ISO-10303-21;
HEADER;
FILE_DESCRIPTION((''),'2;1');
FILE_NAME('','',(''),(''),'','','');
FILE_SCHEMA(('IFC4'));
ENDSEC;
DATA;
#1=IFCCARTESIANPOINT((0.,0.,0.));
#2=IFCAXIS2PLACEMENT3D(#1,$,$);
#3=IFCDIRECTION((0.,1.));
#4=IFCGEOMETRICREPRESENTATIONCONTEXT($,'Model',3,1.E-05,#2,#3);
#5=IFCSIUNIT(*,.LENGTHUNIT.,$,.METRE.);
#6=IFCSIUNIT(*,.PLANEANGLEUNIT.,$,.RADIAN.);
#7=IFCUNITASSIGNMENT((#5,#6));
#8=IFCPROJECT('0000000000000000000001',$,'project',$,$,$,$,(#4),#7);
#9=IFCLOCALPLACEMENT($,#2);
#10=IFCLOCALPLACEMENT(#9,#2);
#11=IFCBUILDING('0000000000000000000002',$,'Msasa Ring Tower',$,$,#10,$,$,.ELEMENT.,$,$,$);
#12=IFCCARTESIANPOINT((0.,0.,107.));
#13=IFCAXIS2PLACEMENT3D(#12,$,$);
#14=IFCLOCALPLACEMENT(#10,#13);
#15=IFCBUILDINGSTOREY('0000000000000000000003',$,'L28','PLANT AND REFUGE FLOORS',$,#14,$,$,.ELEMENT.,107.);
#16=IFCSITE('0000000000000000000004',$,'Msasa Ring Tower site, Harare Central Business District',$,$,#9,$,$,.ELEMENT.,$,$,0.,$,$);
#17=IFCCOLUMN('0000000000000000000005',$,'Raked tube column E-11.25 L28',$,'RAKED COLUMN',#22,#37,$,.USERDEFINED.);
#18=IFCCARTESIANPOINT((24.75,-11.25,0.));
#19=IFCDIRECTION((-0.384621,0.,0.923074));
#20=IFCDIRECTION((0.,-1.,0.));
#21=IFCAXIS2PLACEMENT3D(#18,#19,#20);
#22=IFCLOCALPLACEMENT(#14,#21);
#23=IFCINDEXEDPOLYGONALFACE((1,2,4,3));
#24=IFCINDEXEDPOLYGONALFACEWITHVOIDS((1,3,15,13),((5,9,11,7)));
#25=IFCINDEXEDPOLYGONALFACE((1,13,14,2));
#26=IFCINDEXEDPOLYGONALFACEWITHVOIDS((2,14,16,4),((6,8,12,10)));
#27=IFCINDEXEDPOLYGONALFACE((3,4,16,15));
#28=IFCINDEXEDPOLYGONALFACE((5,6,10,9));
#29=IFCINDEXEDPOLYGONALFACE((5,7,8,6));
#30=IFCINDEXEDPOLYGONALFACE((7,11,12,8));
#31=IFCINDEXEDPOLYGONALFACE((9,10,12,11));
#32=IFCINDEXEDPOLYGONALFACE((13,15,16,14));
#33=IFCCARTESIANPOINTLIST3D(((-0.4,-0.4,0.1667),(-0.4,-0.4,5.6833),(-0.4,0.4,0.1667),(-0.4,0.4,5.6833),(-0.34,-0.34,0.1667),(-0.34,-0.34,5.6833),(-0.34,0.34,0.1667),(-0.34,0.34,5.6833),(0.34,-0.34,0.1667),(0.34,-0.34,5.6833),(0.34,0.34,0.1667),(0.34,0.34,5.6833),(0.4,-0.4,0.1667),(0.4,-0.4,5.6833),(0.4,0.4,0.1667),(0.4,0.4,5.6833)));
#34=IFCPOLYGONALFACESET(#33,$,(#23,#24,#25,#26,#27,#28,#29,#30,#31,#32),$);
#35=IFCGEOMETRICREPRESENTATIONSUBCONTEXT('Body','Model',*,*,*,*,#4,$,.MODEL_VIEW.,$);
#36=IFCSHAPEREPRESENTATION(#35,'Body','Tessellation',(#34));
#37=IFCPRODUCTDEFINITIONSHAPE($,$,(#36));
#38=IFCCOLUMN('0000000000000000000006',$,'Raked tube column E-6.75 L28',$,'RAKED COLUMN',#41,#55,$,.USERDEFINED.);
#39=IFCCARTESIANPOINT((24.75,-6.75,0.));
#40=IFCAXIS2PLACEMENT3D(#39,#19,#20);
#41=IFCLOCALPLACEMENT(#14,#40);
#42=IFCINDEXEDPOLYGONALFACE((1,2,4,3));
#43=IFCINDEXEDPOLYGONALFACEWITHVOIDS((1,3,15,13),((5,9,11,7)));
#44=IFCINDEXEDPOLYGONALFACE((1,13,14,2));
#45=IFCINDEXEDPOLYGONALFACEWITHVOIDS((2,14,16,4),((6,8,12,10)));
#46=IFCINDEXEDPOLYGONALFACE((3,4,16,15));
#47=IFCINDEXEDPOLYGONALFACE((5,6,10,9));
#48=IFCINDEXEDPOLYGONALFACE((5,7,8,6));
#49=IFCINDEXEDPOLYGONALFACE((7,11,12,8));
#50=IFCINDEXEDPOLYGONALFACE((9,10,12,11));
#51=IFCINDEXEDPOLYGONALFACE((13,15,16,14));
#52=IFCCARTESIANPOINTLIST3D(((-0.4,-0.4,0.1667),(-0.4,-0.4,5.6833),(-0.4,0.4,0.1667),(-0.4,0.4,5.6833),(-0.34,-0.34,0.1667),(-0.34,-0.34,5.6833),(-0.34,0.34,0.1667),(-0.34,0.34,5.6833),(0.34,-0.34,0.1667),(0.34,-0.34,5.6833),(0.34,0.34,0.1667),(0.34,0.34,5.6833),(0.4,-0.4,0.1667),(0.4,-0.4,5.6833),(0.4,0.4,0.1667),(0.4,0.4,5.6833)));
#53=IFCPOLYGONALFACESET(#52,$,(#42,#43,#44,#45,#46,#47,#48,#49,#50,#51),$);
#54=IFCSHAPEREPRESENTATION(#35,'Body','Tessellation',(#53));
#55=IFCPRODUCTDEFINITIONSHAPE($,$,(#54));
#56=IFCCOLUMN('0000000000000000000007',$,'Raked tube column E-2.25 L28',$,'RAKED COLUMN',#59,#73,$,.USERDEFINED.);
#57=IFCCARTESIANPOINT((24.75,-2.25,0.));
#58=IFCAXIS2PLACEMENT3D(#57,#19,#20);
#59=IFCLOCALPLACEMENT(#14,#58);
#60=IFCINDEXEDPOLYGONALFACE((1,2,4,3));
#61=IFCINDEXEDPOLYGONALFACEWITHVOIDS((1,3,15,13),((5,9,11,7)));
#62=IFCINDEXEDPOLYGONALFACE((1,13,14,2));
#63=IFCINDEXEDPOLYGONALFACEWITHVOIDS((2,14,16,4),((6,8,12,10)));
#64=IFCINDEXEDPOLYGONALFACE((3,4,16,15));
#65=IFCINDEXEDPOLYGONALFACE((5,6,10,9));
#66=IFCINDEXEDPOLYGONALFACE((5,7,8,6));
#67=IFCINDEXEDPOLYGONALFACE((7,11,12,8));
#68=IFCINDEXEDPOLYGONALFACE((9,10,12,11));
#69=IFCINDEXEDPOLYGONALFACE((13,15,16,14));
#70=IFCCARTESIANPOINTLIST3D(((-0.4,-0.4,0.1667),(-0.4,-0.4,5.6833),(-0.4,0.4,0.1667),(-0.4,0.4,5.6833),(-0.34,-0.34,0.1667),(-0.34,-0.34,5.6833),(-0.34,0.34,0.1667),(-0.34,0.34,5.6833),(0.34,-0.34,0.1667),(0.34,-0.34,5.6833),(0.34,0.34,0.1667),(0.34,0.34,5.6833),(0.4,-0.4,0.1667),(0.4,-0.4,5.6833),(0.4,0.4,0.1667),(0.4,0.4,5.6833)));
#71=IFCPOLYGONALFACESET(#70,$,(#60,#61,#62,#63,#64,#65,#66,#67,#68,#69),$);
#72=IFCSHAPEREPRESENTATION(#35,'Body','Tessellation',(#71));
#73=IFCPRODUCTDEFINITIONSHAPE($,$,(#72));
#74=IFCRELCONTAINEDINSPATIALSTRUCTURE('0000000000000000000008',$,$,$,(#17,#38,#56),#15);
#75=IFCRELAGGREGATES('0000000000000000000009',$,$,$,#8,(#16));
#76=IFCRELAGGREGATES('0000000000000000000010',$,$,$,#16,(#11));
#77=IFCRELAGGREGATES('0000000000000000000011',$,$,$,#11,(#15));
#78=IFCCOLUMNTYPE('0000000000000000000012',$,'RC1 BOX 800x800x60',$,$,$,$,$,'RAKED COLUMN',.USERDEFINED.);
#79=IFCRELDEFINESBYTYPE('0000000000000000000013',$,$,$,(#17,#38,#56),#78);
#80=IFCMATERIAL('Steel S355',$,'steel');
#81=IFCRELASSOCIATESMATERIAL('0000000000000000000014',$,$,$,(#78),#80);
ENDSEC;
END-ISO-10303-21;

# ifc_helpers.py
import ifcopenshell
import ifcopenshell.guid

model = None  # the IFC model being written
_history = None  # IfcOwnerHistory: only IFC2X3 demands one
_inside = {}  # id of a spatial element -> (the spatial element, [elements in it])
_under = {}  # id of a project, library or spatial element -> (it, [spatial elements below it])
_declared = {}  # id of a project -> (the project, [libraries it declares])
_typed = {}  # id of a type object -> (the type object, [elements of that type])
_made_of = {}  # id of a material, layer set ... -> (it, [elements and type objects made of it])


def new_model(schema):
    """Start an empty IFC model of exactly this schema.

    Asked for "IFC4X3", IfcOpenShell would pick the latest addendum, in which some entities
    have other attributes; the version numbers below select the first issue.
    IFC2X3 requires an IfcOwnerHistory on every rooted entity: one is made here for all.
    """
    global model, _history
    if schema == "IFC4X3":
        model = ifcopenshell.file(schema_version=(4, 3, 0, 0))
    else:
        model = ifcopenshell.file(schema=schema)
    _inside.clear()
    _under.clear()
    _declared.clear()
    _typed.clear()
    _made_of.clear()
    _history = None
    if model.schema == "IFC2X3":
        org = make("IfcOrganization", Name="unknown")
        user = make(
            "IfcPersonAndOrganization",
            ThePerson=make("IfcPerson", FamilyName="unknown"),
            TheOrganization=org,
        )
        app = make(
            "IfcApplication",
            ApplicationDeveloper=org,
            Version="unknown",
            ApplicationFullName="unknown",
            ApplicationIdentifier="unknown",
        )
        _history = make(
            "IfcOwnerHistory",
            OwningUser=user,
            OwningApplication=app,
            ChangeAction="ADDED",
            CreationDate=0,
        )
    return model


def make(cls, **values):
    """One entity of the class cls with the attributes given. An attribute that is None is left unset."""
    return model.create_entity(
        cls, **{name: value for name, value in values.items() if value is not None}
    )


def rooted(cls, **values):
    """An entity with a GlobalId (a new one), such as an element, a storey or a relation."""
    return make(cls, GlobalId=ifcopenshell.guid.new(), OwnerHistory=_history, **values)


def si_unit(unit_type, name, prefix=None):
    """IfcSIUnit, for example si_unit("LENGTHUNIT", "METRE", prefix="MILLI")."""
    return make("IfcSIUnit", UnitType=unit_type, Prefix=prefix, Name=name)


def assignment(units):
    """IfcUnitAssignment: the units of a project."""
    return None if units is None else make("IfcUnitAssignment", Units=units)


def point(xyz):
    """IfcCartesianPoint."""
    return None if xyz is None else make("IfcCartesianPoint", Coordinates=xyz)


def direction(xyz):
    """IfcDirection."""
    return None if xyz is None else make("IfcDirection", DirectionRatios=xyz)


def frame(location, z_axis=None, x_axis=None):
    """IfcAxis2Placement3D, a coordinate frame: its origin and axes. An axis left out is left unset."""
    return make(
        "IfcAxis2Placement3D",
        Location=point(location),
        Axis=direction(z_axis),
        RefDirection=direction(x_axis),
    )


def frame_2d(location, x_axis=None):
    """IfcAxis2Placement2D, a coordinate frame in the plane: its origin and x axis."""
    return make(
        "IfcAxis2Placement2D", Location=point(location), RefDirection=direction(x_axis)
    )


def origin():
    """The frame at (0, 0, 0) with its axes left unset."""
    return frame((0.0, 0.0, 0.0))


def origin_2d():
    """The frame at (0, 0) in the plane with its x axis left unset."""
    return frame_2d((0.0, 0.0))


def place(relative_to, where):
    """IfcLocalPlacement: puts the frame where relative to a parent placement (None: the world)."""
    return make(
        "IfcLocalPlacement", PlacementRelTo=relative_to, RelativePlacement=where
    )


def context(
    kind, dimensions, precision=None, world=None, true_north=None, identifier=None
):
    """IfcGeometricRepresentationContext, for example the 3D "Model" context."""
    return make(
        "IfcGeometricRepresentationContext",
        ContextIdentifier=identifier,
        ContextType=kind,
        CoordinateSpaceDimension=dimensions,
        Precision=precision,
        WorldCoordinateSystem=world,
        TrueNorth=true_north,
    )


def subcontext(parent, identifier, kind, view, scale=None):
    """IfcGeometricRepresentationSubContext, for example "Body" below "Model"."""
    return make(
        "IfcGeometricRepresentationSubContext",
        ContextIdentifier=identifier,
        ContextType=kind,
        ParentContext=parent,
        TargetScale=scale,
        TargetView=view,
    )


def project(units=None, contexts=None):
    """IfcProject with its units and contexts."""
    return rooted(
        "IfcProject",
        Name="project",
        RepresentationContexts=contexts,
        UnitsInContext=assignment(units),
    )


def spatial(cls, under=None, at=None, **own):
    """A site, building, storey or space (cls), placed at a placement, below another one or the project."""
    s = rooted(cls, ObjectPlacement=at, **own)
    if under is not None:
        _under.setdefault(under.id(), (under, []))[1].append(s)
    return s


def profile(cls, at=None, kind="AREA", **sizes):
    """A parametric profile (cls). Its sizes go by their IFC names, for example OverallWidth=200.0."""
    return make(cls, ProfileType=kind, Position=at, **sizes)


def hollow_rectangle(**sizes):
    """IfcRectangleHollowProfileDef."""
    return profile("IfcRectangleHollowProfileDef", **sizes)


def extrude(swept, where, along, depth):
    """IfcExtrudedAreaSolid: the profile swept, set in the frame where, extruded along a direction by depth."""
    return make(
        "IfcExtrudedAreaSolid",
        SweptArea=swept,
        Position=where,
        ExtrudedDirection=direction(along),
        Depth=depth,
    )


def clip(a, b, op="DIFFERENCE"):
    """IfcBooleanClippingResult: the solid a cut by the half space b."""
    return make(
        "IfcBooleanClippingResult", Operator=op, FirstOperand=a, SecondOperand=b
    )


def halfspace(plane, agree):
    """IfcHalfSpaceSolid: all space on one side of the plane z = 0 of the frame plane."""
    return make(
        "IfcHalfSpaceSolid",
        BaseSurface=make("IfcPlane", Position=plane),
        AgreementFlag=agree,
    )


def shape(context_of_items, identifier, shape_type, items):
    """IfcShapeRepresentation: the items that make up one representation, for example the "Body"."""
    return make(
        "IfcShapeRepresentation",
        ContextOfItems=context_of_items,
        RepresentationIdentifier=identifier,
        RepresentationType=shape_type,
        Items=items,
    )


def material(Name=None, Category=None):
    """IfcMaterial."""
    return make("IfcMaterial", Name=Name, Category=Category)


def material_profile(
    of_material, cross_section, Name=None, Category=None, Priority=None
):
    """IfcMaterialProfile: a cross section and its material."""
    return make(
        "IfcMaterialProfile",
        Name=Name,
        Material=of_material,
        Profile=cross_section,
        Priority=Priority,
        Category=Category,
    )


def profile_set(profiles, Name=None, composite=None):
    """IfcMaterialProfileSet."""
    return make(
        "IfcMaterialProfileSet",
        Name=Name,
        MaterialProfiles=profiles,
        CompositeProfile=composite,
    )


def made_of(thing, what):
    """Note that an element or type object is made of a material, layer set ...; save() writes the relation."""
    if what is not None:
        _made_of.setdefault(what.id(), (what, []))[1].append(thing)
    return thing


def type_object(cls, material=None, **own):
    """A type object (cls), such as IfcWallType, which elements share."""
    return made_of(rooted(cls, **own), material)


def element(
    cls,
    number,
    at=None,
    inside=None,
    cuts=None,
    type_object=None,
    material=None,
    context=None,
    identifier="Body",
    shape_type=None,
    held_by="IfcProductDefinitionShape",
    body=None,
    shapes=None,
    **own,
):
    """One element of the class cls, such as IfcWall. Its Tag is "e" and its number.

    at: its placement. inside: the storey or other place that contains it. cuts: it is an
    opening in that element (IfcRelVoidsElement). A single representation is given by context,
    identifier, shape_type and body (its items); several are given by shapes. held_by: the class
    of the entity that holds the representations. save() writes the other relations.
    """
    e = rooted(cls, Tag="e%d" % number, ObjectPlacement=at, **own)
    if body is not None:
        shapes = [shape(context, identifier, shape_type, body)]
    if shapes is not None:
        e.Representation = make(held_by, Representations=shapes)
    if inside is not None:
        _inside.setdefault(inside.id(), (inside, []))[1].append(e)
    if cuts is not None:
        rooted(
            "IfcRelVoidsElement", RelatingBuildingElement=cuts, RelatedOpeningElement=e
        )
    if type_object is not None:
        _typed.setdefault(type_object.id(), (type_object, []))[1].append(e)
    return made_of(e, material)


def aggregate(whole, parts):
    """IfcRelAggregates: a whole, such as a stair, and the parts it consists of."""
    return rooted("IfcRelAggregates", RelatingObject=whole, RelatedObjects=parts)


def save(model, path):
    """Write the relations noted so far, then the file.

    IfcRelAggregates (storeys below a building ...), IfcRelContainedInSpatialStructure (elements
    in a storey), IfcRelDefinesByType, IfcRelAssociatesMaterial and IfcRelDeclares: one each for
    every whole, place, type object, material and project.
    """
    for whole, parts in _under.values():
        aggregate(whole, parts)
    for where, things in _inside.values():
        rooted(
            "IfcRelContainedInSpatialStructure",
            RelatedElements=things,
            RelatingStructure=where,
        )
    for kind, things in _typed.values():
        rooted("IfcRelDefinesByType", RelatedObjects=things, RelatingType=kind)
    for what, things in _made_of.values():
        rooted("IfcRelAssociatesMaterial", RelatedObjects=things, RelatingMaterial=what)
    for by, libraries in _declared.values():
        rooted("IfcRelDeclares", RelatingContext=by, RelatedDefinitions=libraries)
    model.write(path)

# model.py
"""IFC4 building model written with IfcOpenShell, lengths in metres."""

from ifc_helpers import new_model, si_unit, direction, frame, origin, origin_2d, place, context, subcontext, project, spatial, hollow_rectangle, extrude, clip, halfspace, material, material_profile, profile_set, type_object, element, save


model = new_model("IFC4")

# Units and contexts
model_context = context("Model", 3, precision=1e-05, world=origin(), true_north=direction((0.0, 1.0)))
body_context = subcontext(model_context, "Body", "Model", "MODEL_VIEW")
ifc_project = project(units=[si_unit("LENGTHUNIT", "METRE"), si_unit("PLANEANGLEUNIT", "RADIAN")], contexts=[model_context])

# Site, building, storey
site_placement = place(None, origin())
site = spatial("IfcSite", under=ifc_project, at=site_placement, Name="Msasa Ring Tower site, Harare Central Business District", CompositionType="ELEMENT", RefElevation=0.0)
building_placement = place(site_placement, origin())
building = spatial("IfcBuilding", under=site, at=building_placement, Name="Msasa Ring Tower", CompositionType="ELEMENT")
storey_placement = place(building_placement, frame((0.0, 0.0, 107.0)))
storey = spatial("IfcBuildingStorey", under=building, at=storey_placement, Name="L28", Description="PLANT AND REFUGE FLOORS", CompositionType="ELEMENT", Elevation=107.0)

# Columns
ifc_material_1 = material(Name="Steel S355", Category="steel")
ifc_material_profile_1 = material_profile(ifc_material_1, hollow_rectangle(XDim=0.8, YDim=0.8, WallThickness=0.0601, at=origin_2d()), Name="BOX 800x800x60")
ifc_profile_set_1 = profile_set([ifc_material_profile_1], Name="Steel S355")
column_type = type_object("IfcColumnType", Name="RC1 BOX 800x800x60", ElementType="RAKED COLUMN", PredefinedType="USERDEFINED", material=ifc_profile_set_1)
for number, where, z_axis, x_axis, name in (
    (1, (24.75, -11.25, 0.0), (-0.384621, 0.0, 0.923074), (0.0, -1.0, 0.0), "Raked tube column E-11.25 L28"),
    (2, (24.75, -6.75, 0.0), (-0.384621, 0.0, 0.923074), (0.0, -1.0, 0.0), "Raked tube column E-6.75 L28"),
    (3, (24.75, -2.25, 0.0), (-0.384621, 0.0, 0.923074), (0.0, -1.0, 0.0), "Raked tube column E-2.25 L28"),
):
    element("IfcColumn", number, at=place(storey_placement, frame(where, z_axis=z_axis, x_axis=x_axis)), inside=storey, type_object=column_type, Name=name, ObjectType="RAKED COLUMN", PredefinedType="USERDEFINED", context=body_context, shape_type="Clipping", body=[
        clip(clip(extrude(hollow_rectangle(XDim=0.8, YDim=0.8, WallThickness=0.0601, at=origin_2d()), origin(), (0.0, 0.0, 1.0), 5.8499), halfspace(frame((0.0, 0.0, 0.1667), z_axis=(0.0, 0.0, 1.0)), True)), halfspace(frame((0.0, 0.0, 5.6833), z_axis=(0.0, 0.0, -1.0)), True)),
    ])

save(model, "model.ifc")
